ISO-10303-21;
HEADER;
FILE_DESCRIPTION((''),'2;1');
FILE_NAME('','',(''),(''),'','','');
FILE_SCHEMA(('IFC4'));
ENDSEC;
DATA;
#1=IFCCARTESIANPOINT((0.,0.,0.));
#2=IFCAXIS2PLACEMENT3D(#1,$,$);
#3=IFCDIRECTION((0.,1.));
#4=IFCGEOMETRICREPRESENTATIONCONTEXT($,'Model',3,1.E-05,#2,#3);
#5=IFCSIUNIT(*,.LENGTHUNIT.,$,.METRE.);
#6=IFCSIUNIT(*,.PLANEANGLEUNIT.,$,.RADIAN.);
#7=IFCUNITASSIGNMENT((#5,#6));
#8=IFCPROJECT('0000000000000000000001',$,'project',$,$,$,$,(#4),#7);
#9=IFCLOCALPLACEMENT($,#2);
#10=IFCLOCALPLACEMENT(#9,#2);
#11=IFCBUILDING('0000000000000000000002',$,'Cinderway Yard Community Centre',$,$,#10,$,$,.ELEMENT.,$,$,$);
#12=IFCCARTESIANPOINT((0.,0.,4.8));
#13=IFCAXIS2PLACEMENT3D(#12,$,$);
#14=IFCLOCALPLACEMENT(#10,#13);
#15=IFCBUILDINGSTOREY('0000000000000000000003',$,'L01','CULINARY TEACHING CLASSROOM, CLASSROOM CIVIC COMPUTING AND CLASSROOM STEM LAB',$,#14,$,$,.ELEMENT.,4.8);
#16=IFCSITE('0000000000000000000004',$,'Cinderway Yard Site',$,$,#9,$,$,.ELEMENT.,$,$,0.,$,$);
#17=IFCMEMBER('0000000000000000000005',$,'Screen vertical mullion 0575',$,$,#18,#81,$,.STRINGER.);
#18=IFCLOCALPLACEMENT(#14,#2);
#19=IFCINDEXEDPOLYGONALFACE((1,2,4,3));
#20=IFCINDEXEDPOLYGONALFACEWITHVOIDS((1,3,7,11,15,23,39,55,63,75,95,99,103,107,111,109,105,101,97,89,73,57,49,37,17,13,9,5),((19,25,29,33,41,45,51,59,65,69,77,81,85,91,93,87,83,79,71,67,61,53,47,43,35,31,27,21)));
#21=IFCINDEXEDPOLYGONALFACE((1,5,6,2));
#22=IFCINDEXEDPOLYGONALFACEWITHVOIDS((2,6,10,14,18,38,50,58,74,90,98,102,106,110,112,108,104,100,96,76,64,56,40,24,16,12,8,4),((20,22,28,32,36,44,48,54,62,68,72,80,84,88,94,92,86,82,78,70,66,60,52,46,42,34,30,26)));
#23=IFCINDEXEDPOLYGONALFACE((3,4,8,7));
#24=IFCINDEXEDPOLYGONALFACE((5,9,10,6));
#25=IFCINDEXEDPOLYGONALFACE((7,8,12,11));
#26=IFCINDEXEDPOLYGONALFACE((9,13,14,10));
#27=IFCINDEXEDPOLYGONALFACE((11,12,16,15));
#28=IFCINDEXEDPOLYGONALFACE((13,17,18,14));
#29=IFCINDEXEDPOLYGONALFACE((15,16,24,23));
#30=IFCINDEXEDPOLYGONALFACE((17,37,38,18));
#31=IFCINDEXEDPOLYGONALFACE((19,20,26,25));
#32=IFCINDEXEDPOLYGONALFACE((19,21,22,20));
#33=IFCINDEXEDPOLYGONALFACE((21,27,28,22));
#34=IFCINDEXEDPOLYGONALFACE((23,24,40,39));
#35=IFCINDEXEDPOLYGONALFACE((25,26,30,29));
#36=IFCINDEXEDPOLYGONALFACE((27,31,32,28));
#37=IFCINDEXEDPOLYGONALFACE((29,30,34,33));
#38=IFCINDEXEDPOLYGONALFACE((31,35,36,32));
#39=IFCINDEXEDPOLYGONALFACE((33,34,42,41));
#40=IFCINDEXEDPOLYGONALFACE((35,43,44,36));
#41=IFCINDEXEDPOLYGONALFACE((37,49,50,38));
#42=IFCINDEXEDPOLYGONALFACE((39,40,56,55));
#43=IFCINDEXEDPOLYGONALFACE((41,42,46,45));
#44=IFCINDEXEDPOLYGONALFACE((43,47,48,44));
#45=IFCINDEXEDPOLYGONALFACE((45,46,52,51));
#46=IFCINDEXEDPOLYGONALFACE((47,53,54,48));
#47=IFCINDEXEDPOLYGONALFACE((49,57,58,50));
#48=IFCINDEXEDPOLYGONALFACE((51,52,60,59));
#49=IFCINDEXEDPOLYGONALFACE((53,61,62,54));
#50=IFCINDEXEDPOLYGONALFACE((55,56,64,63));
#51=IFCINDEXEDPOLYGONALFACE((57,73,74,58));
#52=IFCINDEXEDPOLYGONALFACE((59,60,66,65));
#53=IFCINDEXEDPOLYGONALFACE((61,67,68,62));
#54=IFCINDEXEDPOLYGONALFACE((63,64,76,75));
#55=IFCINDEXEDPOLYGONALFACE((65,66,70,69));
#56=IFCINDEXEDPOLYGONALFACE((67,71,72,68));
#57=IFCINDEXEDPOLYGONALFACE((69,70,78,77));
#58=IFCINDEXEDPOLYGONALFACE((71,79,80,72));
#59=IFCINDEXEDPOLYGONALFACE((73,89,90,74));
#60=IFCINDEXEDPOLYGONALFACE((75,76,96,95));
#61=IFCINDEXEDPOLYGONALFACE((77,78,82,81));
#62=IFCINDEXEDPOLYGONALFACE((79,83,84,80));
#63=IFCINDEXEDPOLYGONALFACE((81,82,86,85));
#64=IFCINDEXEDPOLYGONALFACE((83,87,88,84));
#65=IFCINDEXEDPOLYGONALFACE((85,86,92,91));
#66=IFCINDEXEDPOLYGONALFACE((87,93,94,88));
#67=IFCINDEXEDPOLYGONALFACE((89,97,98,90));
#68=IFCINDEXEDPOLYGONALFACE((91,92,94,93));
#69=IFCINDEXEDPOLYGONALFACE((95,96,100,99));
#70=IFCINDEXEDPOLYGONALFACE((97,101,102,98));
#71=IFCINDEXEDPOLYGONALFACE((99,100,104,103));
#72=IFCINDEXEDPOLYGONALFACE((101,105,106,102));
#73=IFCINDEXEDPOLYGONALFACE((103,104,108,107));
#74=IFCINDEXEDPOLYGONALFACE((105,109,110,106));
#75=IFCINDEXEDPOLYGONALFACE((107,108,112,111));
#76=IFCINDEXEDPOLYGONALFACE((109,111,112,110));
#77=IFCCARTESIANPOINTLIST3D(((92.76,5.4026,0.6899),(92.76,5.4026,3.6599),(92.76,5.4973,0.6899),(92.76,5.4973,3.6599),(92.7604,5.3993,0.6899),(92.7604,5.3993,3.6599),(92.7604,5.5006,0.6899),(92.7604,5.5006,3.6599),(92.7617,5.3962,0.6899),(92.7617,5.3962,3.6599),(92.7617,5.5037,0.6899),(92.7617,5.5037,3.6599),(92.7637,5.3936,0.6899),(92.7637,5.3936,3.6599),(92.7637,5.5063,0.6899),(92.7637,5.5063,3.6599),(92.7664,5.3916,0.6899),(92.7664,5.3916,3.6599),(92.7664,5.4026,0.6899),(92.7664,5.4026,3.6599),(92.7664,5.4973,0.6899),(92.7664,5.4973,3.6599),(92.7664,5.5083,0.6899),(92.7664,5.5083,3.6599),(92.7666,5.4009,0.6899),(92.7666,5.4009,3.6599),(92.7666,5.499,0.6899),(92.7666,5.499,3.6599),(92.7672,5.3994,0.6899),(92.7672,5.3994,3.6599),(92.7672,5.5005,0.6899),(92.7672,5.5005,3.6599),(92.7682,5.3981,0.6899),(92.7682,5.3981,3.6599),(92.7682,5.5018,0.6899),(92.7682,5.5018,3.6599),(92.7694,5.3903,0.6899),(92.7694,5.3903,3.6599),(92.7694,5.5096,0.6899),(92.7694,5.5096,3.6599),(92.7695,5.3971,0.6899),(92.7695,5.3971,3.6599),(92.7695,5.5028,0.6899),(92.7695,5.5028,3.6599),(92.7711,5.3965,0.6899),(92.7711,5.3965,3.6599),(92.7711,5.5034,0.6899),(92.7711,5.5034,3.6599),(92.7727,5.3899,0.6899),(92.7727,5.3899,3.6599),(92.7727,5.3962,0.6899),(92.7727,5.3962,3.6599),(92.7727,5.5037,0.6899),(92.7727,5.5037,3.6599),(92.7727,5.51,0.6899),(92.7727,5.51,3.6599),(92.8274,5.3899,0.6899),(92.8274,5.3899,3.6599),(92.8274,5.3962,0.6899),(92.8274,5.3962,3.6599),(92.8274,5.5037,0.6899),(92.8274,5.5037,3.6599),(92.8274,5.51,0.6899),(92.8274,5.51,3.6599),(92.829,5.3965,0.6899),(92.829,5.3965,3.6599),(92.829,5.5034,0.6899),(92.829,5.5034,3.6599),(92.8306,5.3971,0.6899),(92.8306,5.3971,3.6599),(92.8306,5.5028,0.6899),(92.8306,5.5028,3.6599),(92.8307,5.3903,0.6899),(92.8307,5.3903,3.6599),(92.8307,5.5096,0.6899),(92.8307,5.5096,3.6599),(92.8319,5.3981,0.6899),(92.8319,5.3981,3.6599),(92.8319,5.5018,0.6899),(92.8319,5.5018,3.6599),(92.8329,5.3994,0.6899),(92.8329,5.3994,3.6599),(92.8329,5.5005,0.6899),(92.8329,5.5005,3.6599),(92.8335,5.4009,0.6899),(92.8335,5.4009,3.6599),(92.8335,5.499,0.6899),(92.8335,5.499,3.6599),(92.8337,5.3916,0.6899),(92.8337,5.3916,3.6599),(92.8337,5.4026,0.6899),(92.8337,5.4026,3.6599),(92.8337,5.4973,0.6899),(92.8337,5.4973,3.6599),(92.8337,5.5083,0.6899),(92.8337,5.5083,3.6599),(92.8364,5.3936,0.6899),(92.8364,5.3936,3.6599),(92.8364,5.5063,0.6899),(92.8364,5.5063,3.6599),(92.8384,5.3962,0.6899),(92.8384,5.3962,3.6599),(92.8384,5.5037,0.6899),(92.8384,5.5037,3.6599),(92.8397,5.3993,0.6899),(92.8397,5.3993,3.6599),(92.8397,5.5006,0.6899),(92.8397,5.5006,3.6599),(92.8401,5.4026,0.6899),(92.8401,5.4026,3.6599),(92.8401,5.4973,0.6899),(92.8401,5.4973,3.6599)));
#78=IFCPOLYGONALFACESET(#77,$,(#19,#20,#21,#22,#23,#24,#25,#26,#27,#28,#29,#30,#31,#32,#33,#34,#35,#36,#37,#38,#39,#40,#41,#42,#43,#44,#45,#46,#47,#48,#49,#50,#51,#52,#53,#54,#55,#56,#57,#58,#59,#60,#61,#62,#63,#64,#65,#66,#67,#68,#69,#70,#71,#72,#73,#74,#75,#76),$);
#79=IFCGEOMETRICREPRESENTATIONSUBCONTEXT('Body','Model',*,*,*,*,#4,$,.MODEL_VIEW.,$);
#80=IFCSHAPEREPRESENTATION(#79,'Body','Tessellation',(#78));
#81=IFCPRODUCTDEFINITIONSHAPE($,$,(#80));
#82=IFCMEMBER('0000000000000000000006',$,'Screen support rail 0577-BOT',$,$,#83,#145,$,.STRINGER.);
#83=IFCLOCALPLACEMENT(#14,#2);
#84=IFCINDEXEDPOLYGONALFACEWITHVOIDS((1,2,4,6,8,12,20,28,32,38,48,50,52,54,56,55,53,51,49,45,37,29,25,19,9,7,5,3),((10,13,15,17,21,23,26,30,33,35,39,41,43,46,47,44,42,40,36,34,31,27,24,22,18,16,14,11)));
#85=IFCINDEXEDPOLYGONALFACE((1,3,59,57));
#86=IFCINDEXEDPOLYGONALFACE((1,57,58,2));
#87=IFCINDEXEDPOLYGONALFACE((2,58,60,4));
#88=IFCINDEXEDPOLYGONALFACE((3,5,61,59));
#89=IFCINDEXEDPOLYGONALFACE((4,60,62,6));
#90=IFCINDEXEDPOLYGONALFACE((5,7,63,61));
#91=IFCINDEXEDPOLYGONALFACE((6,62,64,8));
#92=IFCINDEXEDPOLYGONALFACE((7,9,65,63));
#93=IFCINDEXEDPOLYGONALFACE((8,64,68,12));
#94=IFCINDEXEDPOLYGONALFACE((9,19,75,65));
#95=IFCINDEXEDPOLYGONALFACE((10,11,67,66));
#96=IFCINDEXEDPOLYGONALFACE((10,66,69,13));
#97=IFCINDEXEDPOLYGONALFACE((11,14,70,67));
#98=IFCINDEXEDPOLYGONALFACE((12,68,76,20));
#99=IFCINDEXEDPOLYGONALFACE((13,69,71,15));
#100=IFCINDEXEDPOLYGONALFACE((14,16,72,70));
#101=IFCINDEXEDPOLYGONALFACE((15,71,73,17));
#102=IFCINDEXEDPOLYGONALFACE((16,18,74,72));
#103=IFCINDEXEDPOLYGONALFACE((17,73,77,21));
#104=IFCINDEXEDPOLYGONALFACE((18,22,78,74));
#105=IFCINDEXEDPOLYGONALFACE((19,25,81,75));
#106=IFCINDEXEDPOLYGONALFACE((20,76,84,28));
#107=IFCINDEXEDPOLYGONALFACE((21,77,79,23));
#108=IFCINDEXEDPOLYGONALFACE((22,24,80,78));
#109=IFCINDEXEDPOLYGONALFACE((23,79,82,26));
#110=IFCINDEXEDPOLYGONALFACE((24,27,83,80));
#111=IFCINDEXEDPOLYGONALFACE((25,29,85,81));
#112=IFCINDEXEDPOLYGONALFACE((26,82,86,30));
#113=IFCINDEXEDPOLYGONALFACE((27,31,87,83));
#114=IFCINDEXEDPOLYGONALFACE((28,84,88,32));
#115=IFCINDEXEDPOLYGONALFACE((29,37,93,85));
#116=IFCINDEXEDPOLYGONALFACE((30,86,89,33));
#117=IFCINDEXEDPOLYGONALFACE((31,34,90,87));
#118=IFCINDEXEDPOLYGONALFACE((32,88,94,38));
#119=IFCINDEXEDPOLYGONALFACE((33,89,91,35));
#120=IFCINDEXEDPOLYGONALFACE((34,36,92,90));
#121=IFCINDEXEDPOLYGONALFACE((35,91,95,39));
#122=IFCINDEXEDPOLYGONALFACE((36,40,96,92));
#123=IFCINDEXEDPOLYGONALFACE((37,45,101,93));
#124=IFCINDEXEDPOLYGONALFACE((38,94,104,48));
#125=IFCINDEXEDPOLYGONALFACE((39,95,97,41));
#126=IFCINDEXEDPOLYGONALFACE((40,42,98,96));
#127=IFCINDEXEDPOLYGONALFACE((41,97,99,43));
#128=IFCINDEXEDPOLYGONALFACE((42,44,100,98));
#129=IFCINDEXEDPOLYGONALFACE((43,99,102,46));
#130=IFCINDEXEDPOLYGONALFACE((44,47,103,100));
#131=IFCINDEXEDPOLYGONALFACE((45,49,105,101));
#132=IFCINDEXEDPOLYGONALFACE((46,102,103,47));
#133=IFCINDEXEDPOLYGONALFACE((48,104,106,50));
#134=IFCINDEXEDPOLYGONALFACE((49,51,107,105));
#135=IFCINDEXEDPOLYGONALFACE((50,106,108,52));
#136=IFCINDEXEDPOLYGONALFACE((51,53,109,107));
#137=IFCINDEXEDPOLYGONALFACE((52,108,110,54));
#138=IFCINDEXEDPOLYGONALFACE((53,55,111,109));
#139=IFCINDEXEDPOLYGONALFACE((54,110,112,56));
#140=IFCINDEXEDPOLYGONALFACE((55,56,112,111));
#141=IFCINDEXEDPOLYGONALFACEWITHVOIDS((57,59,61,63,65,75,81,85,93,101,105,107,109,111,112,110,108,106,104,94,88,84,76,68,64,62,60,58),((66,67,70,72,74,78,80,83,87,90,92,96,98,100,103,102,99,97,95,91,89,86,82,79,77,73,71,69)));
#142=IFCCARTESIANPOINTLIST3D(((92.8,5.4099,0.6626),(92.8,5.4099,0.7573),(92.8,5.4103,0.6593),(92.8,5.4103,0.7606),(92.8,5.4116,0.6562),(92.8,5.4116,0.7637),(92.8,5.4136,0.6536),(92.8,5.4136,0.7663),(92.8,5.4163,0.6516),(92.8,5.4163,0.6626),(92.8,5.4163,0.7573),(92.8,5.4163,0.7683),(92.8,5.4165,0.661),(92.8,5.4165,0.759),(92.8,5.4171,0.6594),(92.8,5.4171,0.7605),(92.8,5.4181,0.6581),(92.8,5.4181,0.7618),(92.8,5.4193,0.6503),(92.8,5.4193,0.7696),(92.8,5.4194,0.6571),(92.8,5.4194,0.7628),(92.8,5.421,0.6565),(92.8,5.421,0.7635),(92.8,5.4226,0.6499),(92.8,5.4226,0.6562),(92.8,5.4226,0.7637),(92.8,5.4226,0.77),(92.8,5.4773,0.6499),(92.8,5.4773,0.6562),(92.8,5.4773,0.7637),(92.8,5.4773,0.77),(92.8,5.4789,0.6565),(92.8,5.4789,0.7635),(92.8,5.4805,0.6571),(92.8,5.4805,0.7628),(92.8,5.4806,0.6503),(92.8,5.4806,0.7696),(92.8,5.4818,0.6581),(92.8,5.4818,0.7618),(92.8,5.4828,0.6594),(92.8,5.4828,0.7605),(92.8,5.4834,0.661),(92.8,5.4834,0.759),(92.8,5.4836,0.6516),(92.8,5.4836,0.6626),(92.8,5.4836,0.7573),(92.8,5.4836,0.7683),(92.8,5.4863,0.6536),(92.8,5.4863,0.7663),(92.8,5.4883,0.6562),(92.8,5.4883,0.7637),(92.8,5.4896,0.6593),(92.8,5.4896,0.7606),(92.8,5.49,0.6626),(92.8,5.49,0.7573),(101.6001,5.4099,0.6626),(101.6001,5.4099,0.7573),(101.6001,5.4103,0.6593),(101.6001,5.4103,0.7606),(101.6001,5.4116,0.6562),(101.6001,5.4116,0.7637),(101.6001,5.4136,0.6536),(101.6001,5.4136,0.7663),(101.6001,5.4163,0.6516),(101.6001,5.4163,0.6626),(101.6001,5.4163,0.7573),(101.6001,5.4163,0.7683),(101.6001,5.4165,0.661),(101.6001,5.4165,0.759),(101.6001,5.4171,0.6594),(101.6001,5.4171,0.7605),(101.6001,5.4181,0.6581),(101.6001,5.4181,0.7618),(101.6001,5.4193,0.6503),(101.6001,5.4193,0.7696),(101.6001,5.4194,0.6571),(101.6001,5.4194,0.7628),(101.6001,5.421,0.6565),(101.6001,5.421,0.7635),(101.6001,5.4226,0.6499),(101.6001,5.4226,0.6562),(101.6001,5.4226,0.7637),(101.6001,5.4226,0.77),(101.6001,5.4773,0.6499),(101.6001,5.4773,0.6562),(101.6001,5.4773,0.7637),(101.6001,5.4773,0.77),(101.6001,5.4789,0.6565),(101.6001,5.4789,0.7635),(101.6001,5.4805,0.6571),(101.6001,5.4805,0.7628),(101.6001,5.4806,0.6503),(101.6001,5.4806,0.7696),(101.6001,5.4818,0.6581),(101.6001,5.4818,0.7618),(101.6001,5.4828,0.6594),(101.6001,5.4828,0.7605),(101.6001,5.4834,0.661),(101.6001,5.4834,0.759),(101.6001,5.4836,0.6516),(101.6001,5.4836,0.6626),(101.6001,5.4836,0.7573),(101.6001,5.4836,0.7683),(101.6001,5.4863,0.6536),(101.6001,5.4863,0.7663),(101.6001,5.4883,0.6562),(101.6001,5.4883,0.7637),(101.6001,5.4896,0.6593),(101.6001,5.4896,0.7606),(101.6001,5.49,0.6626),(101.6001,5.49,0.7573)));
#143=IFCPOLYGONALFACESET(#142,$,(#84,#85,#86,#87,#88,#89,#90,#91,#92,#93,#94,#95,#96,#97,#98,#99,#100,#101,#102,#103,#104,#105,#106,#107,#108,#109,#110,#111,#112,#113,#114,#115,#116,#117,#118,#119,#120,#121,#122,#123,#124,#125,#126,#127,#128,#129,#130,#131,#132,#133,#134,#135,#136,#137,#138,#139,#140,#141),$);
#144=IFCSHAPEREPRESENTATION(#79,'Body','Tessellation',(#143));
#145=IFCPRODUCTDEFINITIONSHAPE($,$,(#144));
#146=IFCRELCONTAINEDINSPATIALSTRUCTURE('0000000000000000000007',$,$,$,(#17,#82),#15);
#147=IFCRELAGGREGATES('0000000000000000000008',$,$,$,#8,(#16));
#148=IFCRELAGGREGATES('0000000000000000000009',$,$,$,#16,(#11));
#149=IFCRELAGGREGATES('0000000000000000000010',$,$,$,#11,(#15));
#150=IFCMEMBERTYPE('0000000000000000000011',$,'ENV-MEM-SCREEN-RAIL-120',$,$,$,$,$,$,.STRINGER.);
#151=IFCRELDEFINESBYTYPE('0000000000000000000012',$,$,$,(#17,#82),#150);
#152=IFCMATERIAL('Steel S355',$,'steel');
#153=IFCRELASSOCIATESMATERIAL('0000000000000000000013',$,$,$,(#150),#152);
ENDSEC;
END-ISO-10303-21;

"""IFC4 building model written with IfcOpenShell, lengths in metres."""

from ifc_helpers import new_model, si_unit, direction, frame, origin, origin_2d, place, context, subcontext, project, spatial, hollow_rectangle, extrude, material, material_profile, profile_set, type_object, element, save


model = new_model("IFC4")

# Units and contexts
model_context = context("Model", 3, precision=1e-05, world=origin(), true_north=direction((0.0, 1.0)))
body_context = subcontext(model_context, "Body", "Model", "MODEL_VIEW")
ifc_project = project(units=[si_unit("LENGTHUNIT", "METRE"), si_unit("PLANEANGLEUNIT", "RADIAN")], contexts=[model_context])

# Site, building, storey
site_placement = place(None, origin())
site = spatial("IfcSite", under=ifc_project, at=site_placement, Name="Cinderway Yard Site", CompositionType="ELEMENT", RefElevation=0.0)
building_placement = place(site_placement, origin())
building = spatial("IfcBuilding", under=site, at=building_placement, Name="Cinderway Yard Community Centre", CompositionType="ELEMENT")
storey_placement = place(building_placement, frame((0.0, 0.0, 4.8)))
storey = spatial("IfcBuildingStorey", under=building, at=storey_placement, Name="L01", Description="CULINARY TEACHING CLASSROOM, CLASSROOM CIVIC COMPUTING AND CLASSROOM STEM LAB", CompositionType="ELEMENT", Elevation=4.8)

# Members
ifc_material_1 = material(Name="Steel S355", Category="steel")
ifc_material_profile = material_profile(ifc_material_1, hollow_rectangle(XDim=0.0801, YDim=0.1201, WallThickness=0.0063, InnerFilletRadius=0.0063, OuterFilletRadius=0.0127, at=origin_2d()), Name="Steel S355")
ifc_profile_set = profile_set([ifc_material_profile], Name="Steel S355")
member_type = type_object("IfcMemberType", Name="ENV-MEM-SCREEN-RAIL-120", PredefinedType="STRINGER", material=ifc_profile_set)
for number, where, z_axis, x_axis, name in (
    (1, (92.8, 5.45, 0.6899), (0.0, 0.0, 1.0), (1.0, 0.0, 0.0), "Screen vertical mullion 0575"),
):
    element("IfcMember", number, at=place(storey_placement, frame(where, z_axis=z_axis, x_axis=x_axis)), inside=storey, type_object=member_type, Name=name, PredefinedType="STRINGER", context=body_context, shape_type="SweptSolid", body=[
        extrude(hollow_rectangle(XDim=0.0801, YDim=0.1201, WallThickness=0.0063, InnerFilletRadius=0.0063, OuterFilletRadius=0.0127, at=origin_2d()), origin(), (0.0, 0.0, 1.0), 2.97),
    ])
for number, where, z_axis, x_axis, name in (
    (2, (92.8, 5.45, 0.71), (1.0, 0.0, 0.0), (0.0, 1.0, 0.0), "Screen support rail 0577-BOT"),
):
    element("IfcMember", number, at=place(storey_placement, frame(where, z_axis=z_axis, x_axis=x_axis)), inside=storey, type_object=member_type, Name=name, PredefinedType="STRINGER", context=body_context, shape_type="SweptSolid", body=[
        extrude(hollow_rectangle(XDim=0.0801, YDim=0.1201, WallThickness=0.0063, InnerFilletRadius=0.0063, OuterFilletRadius=0.0127, at=origin_2d()), origin(), (0.0, 0.0, 1.0), 8.8),
    ])

save(model, "model.ifc")
